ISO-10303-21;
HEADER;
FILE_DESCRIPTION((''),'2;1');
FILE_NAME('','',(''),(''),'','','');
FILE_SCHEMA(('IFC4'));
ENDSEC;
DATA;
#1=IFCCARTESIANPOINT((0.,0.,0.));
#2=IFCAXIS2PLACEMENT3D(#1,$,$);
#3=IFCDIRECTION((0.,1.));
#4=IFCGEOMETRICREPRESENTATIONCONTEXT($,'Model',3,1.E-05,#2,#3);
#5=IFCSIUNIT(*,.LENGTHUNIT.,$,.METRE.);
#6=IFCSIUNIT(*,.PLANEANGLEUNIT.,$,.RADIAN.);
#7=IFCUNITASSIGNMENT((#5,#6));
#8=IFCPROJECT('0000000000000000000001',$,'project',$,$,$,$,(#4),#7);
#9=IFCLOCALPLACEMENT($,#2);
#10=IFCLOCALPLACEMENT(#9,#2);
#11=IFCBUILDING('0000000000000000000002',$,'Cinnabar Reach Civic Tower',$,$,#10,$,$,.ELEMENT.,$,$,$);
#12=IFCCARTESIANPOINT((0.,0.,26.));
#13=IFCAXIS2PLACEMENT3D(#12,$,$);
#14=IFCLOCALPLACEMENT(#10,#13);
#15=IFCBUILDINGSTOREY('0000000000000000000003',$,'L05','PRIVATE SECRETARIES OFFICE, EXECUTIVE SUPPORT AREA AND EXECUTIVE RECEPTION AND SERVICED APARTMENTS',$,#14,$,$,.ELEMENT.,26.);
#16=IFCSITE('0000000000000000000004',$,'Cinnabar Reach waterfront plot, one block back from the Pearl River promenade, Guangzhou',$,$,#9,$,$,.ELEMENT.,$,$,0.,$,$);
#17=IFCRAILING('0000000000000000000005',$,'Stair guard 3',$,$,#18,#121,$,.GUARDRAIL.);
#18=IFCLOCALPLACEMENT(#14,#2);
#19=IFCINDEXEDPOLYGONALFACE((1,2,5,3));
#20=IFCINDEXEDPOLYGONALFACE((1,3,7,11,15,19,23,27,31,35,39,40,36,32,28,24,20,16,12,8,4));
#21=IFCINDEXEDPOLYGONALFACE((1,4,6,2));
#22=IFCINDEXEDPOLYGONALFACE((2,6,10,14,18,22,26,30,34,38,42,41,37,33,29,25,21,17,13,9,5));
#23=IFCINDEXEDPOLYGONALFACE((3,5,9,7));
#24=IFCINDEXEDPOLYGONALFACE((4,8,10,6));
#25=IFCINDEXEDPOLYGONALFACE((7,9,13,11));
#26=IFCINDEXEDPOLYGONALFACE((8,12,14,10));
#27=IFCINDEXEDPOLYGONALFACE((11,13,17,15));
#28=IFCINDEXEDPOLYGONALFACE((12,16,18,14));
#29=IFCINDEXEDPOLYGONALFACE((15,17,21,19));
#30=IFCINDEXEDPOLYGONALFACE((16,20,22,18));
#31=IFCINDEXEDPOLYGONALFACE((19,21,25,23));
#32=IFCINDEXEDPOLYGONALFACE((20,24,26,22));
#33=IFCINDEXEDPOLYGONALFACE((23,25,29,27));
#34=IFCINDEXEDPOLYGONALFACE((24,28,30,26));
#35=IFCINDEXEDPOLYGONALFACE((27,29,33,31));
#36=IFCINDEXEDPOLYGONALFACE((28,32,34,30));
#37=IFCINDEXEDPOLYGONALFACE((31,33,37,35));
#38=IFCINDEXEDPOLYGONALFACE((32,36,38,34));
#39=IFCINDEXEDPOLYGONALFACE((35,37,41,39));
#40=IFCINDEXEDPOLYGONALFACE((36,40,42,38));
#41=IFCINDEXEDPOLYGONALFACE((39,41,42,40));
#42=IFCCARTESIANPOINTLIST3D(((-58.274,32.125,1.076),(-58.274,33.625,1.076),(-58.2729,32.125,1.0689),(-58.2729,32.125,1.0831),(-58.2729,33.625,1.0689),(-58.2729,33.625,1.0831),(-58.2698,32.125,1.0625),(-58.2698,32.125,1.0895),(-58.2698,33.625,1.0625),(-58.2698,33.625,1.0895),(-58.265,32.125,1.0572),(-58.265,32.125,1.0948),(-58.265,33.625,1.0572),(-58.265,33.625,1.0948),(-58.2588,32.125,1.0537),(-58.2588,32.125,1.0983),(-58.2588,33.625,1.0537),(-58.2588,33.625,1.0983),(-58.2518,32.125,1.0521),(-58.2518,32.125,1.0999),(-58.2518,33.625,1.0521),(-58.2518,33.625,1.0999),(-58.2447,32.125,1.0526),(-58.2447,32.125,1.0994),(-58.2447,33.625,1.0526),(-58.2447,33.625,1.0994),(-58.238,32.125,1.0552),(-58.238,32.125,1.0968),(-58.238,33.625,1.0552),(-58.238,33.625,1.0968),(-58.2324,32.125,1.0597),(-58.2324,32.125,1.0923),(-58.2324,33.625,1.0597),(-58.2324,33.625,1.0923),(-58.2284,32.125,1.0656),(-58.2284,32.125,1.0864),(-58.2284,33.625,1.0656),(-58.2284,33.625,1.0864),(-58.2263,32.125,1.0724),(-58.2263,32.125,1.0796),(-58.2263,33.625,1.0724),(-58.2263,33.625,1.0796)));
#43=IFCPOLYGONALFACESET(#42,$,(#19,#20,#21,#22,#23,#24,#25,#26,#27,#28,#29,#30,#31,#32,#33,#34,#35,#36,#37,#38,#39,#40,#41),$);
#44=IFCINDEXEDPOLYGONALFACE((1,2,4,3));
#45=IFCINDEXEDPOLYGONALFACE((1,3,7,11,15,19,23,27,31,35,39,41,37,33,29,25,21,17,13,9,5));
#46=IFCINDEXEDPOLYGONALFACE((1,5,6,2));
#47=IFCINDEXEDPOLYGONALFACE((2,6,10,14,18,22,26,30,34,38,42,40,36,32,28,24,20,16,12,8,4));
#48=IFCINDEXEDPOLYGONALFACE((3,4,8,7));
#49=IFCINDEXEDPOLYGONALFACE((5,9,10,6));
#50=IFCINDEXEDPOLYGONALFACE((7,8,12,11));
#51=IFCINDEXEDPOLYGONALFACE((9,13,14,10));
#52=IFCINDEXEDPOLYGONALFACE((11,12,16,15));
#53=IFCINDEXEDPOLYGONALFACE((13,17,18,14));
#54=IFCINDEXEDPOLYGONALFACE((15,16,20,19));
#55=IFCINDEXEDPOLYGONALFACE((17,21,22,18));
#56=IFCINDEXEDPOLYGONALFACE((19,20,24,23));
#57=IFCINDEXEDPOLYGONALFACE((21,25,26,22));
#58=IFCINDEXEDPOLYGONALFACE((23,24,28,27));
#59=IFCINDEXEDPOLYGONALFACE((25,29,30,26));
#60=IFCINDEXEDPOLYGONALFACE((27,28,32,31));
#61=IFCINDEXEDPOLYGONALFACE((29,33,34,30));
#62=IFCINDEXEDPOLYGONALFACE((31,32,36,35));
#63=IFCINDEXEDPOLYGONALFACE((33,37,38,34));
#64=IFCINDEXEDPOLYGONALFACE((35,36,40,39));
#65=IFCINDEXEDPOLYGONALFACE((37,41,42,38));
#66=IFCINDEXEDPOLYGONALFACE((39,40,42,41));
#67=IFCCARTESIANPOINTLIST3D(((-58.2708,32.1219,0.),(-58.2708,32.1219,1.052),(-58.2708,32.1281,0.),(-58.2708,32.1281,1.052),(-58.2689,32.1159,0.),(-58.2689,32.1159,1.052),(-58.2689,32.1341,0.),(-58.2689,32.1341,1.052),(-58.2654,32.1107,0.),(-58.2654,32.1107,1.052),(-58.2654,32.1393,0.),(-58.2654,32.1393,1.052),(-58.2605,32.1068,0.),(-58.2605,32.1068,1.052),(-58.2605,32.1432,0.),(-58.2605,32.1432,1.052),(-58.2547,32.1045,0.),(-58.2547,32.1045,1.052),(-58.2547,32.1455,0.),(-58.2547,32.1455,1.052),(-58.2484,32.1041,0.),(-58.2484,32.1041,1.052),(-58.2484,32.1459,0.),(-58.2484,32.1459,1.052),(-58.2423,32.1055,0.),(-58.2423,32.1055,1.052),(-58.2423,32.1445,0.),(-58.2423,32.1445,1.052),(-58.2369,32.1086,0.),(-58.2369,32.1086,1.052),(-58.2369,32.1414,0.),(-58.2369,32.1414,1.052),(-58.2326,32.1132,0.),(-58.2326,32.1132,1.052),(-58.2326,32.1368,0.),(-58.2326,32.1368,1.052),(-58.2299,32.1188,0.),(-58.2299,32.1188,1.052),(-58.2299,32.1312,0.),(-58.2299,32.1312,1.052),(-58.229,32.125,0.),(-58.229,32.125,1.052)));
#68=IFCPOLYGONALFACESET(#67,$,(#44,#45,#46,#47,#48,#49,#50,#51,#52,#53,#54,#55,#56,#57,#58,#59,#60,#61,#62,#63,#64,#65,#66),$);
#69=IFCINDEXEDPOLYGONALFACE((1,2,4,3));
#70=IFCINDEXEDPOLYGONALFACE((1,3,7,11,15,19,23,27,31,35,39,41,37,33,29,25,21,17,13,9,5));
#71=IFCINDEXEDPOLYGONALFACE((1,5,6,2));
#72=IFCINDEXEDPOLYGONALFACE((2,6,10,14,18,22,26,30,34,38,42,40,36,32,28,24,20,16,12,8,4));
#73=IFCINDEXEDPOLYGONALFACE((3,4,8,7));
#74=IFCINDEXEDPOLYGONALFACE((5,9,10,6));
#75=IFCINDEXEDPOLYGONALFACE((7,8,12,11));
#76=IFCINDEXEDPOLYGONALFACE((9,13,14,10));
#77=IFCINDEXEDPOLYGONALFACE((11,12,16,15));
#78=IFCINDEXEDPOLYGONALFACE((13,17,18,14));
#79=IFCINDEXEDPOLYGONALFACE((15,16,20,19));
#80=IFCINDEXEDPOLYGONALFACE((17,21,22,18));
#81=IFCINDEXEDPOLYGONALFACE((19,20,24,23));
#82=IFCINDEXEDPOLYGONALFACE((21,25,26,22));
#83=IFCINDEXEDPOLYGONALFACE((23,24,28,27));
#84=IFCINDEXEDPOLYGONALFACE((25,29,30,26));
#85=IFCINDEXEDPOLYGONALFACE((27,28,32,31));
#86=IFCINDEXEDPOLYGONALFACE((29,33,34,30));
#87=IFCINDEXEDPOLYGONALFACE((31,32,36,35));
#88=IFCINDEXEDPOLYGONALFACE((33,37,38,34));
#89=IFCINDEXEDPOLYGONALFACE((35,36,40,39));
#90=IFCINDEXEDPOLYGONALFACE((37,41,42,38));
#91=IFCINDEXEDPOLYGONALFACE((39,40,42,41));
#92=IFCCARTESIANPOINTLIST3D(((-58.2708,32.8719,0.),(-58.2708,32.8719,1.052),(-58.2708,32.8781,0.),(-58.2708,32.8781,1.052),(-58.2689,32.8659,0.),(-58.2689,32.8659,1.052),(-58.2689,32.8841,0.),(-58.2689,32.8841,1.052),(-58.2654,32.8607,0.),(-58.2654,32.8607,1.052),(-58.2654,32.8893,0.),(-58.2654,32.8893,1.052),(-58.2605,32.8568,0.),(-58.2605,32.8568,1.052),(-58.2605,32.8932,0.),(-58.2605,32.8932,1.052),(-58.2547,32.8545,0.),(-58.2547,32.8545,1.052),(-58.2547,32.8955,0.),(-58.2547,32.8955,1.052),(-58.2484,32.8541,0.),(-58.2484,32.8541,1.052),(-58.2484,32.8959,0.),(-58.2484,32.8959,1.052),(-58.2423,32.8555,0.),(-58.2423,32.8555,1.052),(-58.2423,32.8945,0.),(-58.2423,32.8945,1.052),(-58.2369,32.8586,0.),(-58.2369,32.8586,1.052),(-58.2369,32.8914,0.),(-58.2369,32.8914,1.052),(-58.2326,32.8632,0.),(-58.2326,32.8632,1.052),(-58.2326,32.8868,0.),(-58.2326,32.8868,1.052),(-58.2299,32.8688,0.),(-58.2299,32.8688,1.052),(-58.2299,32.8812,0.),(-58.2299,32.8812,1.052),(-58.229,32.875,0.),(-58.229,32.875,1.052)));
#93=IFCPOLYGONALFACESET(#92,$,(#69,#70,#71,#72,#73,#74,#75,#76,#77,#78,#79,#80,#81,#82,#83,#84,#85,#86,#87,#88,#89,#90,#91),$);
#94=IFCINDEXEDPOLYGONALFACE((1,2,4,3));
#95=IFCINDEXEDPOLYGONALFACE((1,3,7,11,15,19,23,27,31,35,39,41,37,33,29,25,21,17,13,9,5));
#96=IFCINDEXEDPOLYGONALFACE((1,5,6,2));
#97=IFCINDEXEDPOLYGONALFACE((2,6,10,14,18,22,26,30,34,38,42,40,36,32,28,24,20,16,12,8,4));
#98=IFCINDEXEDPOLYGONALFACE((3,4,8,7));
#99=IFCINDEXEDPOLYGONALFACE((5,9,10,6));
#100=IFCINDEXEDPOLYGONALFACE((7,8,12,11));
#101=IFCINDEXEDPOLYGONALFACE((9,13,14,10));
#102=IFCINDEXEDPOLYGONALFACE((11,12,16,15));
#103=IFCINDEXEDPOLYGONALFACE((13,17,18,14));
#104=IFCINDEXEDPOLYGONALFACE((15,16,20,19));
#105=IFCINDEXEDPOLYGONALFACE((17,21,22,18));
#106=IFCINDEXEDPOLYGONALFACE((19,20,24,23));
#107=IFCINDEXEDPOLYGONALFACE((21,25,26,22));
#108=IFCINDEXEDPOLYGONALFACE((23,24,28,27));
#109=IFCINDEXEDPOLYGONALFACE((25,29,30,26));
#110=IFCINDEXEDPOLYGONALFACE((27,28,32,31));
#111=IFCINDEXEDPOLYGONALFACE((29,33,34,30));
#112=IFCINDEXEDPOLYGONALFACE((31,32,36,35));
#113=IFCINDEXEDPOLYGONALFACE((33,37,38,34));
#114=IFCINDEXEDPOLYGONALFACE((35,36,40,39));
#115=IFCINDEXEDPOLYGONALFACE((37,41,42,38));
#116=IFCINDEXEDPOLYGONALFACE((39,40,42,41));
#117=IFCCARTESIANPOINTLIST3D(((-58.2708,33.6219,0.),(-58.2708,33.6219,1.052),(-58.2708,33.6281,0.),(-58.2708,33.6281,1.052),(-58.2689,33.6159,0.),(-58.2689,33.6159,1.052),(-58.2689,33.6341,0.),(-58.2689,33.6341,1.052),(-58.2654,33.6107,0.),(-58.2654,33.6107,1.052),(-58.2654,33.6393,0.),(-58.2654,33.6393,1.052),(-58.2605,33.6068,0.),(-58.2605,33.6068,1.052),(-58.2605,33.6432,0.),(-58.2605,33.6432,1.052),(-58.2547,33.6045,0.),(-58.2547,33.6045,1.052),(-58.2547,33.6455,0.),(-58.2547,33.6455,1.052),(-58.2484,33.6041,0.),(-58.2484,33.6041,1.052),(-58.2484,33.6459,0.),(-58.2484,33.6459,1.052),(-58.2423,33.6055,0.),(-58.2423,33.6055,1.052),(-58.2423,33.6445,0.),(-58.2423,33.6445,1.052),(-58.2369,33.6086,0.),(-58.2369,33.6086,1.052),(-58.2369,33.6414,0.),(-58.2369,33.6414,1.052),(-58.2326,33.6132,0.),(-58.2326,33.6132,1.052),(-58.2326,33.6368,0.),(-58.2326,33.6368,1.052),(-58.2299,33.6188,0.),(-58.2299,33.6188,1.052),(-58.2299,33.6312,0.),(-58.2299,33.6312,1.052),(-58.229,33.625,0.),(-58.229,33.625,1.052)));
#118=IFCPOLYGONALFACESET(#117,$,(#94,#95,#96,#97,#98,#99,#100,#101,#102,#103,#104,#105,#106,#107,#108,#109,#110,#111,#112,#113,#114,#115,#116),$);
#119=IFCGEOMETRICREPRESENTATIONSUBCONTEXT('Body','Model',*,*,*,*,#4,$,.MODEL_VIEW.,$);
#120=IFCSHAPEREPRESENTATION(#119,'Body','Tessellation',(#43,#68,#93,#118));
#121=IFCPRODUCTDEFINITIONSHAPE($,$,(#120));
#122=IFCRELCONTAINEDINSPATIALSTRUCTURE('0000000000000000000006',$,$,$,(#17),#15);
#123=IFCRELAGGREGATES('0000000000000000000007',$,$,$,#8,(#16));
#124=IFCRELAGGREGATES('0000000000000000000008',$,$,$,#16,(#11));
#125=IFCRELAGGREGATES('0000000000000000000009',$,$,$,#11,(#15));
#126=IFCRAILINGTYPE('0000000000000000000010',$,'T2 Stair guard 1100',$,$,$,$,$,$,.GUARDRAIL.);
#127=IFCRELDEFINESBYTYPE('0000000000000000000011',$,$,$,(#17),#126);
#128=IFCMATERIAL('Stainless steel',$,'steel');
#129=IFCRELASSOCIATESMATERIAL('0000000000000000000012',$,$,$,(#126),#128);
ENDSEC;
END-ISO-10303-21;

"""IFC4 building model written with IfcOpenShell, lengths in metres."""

from ifc_helpers import new_model, si_unit, direction, frame, origin, origin_2d, place, context, subcontext, project, spatial, circle, extrude, material, type_object, element, save


model = new_model("IFC4")

# Units and contexts
model_context = context("Model", 3, precision=1e-05, world=origin(), true_north=direction((0.0, 1.0)))
body_context = subcontext(model_context, "Body", "Model", "MODEL_VIEW")
ifc_project = project(units=[si_unit("LENGTHUNIT", "METRE"), si_unit("PLANEANGLEUNIT", "RADIAN")], contexts=[model_context])

# Site, building, storey
site_placement = place(None, origin())
site = spatial("IfcSite", under=ifc_project, at=site_placement, Name="Cinnabar Reach waterfront plot, one block back from the Pearl River promenade, Guangzhou", CompositionType="ELEMENT", RefElevation=0.0)
building_placement = place(site_placement, origin())
building = spatial("IfcBuilding", under=site, at=building_placement, Name="Cinnabar Reach Civic Tower", CompositionType="ELEMENT")
storey_placement = place(building_placement, frame((0.0, 0.0, 26.0)))
storey = spatial("IfcBuildingStorey", under=building, at=storey_placement, Name="L05", Description="PRIVATE SECRETARIES OFFICE, EXECUTIVE SUPPORT AREA AND EXECUTIVE RECEPTION AND SERVICED APARTMENTS", CompositionType="ELEMENT", Elevation=26.0)

# Railing
ifc_material_1 = material(Name="Stainless steel", Category="steel")
railing_type = type_object("IfcRailingType", Name="T2 Stair guard 1100", PredefinedType="GUARDRAIL", material=ifc_material_1)
railing_1_placement = place(storey_placement, frame((-58.25, 32.125, 0.0)))
element("IfcRailing", 1, at=railing_1_placement, inside=storey, type_object=railing_type, Name="Stair guard 3", PredefinedType="GUARDRAIL", context=body_context, shape_type="SweptSolid", body=[
    extrude(circle(Radius=0.024, at=origin_2d()), frame((0.0, 0.0, 1.076), z_axis=(0.0, 1.0, 0.0), x_axis=(-1.0, 0.0, 0.0)), (0.0, 0.0, 1.0), 1.5),
    extrude(circle(Radius=0.021, at=origin_2d()), origin(), (0.0, 0.0, 1.0), 1.052),
    extrude(circle(Radius=0.021, at=origin_2d()), frame((0.0, 0.75, 0.0)), (0.0, 0.0, 1.0), 1.052),
    extrude(circle(Radius=0.021, at=origin_2d()), frame((0.0, 1.5, 0.0)), (0.0, 0.0, 1.0), 1.052),
])

save(model, "model.ifc")
